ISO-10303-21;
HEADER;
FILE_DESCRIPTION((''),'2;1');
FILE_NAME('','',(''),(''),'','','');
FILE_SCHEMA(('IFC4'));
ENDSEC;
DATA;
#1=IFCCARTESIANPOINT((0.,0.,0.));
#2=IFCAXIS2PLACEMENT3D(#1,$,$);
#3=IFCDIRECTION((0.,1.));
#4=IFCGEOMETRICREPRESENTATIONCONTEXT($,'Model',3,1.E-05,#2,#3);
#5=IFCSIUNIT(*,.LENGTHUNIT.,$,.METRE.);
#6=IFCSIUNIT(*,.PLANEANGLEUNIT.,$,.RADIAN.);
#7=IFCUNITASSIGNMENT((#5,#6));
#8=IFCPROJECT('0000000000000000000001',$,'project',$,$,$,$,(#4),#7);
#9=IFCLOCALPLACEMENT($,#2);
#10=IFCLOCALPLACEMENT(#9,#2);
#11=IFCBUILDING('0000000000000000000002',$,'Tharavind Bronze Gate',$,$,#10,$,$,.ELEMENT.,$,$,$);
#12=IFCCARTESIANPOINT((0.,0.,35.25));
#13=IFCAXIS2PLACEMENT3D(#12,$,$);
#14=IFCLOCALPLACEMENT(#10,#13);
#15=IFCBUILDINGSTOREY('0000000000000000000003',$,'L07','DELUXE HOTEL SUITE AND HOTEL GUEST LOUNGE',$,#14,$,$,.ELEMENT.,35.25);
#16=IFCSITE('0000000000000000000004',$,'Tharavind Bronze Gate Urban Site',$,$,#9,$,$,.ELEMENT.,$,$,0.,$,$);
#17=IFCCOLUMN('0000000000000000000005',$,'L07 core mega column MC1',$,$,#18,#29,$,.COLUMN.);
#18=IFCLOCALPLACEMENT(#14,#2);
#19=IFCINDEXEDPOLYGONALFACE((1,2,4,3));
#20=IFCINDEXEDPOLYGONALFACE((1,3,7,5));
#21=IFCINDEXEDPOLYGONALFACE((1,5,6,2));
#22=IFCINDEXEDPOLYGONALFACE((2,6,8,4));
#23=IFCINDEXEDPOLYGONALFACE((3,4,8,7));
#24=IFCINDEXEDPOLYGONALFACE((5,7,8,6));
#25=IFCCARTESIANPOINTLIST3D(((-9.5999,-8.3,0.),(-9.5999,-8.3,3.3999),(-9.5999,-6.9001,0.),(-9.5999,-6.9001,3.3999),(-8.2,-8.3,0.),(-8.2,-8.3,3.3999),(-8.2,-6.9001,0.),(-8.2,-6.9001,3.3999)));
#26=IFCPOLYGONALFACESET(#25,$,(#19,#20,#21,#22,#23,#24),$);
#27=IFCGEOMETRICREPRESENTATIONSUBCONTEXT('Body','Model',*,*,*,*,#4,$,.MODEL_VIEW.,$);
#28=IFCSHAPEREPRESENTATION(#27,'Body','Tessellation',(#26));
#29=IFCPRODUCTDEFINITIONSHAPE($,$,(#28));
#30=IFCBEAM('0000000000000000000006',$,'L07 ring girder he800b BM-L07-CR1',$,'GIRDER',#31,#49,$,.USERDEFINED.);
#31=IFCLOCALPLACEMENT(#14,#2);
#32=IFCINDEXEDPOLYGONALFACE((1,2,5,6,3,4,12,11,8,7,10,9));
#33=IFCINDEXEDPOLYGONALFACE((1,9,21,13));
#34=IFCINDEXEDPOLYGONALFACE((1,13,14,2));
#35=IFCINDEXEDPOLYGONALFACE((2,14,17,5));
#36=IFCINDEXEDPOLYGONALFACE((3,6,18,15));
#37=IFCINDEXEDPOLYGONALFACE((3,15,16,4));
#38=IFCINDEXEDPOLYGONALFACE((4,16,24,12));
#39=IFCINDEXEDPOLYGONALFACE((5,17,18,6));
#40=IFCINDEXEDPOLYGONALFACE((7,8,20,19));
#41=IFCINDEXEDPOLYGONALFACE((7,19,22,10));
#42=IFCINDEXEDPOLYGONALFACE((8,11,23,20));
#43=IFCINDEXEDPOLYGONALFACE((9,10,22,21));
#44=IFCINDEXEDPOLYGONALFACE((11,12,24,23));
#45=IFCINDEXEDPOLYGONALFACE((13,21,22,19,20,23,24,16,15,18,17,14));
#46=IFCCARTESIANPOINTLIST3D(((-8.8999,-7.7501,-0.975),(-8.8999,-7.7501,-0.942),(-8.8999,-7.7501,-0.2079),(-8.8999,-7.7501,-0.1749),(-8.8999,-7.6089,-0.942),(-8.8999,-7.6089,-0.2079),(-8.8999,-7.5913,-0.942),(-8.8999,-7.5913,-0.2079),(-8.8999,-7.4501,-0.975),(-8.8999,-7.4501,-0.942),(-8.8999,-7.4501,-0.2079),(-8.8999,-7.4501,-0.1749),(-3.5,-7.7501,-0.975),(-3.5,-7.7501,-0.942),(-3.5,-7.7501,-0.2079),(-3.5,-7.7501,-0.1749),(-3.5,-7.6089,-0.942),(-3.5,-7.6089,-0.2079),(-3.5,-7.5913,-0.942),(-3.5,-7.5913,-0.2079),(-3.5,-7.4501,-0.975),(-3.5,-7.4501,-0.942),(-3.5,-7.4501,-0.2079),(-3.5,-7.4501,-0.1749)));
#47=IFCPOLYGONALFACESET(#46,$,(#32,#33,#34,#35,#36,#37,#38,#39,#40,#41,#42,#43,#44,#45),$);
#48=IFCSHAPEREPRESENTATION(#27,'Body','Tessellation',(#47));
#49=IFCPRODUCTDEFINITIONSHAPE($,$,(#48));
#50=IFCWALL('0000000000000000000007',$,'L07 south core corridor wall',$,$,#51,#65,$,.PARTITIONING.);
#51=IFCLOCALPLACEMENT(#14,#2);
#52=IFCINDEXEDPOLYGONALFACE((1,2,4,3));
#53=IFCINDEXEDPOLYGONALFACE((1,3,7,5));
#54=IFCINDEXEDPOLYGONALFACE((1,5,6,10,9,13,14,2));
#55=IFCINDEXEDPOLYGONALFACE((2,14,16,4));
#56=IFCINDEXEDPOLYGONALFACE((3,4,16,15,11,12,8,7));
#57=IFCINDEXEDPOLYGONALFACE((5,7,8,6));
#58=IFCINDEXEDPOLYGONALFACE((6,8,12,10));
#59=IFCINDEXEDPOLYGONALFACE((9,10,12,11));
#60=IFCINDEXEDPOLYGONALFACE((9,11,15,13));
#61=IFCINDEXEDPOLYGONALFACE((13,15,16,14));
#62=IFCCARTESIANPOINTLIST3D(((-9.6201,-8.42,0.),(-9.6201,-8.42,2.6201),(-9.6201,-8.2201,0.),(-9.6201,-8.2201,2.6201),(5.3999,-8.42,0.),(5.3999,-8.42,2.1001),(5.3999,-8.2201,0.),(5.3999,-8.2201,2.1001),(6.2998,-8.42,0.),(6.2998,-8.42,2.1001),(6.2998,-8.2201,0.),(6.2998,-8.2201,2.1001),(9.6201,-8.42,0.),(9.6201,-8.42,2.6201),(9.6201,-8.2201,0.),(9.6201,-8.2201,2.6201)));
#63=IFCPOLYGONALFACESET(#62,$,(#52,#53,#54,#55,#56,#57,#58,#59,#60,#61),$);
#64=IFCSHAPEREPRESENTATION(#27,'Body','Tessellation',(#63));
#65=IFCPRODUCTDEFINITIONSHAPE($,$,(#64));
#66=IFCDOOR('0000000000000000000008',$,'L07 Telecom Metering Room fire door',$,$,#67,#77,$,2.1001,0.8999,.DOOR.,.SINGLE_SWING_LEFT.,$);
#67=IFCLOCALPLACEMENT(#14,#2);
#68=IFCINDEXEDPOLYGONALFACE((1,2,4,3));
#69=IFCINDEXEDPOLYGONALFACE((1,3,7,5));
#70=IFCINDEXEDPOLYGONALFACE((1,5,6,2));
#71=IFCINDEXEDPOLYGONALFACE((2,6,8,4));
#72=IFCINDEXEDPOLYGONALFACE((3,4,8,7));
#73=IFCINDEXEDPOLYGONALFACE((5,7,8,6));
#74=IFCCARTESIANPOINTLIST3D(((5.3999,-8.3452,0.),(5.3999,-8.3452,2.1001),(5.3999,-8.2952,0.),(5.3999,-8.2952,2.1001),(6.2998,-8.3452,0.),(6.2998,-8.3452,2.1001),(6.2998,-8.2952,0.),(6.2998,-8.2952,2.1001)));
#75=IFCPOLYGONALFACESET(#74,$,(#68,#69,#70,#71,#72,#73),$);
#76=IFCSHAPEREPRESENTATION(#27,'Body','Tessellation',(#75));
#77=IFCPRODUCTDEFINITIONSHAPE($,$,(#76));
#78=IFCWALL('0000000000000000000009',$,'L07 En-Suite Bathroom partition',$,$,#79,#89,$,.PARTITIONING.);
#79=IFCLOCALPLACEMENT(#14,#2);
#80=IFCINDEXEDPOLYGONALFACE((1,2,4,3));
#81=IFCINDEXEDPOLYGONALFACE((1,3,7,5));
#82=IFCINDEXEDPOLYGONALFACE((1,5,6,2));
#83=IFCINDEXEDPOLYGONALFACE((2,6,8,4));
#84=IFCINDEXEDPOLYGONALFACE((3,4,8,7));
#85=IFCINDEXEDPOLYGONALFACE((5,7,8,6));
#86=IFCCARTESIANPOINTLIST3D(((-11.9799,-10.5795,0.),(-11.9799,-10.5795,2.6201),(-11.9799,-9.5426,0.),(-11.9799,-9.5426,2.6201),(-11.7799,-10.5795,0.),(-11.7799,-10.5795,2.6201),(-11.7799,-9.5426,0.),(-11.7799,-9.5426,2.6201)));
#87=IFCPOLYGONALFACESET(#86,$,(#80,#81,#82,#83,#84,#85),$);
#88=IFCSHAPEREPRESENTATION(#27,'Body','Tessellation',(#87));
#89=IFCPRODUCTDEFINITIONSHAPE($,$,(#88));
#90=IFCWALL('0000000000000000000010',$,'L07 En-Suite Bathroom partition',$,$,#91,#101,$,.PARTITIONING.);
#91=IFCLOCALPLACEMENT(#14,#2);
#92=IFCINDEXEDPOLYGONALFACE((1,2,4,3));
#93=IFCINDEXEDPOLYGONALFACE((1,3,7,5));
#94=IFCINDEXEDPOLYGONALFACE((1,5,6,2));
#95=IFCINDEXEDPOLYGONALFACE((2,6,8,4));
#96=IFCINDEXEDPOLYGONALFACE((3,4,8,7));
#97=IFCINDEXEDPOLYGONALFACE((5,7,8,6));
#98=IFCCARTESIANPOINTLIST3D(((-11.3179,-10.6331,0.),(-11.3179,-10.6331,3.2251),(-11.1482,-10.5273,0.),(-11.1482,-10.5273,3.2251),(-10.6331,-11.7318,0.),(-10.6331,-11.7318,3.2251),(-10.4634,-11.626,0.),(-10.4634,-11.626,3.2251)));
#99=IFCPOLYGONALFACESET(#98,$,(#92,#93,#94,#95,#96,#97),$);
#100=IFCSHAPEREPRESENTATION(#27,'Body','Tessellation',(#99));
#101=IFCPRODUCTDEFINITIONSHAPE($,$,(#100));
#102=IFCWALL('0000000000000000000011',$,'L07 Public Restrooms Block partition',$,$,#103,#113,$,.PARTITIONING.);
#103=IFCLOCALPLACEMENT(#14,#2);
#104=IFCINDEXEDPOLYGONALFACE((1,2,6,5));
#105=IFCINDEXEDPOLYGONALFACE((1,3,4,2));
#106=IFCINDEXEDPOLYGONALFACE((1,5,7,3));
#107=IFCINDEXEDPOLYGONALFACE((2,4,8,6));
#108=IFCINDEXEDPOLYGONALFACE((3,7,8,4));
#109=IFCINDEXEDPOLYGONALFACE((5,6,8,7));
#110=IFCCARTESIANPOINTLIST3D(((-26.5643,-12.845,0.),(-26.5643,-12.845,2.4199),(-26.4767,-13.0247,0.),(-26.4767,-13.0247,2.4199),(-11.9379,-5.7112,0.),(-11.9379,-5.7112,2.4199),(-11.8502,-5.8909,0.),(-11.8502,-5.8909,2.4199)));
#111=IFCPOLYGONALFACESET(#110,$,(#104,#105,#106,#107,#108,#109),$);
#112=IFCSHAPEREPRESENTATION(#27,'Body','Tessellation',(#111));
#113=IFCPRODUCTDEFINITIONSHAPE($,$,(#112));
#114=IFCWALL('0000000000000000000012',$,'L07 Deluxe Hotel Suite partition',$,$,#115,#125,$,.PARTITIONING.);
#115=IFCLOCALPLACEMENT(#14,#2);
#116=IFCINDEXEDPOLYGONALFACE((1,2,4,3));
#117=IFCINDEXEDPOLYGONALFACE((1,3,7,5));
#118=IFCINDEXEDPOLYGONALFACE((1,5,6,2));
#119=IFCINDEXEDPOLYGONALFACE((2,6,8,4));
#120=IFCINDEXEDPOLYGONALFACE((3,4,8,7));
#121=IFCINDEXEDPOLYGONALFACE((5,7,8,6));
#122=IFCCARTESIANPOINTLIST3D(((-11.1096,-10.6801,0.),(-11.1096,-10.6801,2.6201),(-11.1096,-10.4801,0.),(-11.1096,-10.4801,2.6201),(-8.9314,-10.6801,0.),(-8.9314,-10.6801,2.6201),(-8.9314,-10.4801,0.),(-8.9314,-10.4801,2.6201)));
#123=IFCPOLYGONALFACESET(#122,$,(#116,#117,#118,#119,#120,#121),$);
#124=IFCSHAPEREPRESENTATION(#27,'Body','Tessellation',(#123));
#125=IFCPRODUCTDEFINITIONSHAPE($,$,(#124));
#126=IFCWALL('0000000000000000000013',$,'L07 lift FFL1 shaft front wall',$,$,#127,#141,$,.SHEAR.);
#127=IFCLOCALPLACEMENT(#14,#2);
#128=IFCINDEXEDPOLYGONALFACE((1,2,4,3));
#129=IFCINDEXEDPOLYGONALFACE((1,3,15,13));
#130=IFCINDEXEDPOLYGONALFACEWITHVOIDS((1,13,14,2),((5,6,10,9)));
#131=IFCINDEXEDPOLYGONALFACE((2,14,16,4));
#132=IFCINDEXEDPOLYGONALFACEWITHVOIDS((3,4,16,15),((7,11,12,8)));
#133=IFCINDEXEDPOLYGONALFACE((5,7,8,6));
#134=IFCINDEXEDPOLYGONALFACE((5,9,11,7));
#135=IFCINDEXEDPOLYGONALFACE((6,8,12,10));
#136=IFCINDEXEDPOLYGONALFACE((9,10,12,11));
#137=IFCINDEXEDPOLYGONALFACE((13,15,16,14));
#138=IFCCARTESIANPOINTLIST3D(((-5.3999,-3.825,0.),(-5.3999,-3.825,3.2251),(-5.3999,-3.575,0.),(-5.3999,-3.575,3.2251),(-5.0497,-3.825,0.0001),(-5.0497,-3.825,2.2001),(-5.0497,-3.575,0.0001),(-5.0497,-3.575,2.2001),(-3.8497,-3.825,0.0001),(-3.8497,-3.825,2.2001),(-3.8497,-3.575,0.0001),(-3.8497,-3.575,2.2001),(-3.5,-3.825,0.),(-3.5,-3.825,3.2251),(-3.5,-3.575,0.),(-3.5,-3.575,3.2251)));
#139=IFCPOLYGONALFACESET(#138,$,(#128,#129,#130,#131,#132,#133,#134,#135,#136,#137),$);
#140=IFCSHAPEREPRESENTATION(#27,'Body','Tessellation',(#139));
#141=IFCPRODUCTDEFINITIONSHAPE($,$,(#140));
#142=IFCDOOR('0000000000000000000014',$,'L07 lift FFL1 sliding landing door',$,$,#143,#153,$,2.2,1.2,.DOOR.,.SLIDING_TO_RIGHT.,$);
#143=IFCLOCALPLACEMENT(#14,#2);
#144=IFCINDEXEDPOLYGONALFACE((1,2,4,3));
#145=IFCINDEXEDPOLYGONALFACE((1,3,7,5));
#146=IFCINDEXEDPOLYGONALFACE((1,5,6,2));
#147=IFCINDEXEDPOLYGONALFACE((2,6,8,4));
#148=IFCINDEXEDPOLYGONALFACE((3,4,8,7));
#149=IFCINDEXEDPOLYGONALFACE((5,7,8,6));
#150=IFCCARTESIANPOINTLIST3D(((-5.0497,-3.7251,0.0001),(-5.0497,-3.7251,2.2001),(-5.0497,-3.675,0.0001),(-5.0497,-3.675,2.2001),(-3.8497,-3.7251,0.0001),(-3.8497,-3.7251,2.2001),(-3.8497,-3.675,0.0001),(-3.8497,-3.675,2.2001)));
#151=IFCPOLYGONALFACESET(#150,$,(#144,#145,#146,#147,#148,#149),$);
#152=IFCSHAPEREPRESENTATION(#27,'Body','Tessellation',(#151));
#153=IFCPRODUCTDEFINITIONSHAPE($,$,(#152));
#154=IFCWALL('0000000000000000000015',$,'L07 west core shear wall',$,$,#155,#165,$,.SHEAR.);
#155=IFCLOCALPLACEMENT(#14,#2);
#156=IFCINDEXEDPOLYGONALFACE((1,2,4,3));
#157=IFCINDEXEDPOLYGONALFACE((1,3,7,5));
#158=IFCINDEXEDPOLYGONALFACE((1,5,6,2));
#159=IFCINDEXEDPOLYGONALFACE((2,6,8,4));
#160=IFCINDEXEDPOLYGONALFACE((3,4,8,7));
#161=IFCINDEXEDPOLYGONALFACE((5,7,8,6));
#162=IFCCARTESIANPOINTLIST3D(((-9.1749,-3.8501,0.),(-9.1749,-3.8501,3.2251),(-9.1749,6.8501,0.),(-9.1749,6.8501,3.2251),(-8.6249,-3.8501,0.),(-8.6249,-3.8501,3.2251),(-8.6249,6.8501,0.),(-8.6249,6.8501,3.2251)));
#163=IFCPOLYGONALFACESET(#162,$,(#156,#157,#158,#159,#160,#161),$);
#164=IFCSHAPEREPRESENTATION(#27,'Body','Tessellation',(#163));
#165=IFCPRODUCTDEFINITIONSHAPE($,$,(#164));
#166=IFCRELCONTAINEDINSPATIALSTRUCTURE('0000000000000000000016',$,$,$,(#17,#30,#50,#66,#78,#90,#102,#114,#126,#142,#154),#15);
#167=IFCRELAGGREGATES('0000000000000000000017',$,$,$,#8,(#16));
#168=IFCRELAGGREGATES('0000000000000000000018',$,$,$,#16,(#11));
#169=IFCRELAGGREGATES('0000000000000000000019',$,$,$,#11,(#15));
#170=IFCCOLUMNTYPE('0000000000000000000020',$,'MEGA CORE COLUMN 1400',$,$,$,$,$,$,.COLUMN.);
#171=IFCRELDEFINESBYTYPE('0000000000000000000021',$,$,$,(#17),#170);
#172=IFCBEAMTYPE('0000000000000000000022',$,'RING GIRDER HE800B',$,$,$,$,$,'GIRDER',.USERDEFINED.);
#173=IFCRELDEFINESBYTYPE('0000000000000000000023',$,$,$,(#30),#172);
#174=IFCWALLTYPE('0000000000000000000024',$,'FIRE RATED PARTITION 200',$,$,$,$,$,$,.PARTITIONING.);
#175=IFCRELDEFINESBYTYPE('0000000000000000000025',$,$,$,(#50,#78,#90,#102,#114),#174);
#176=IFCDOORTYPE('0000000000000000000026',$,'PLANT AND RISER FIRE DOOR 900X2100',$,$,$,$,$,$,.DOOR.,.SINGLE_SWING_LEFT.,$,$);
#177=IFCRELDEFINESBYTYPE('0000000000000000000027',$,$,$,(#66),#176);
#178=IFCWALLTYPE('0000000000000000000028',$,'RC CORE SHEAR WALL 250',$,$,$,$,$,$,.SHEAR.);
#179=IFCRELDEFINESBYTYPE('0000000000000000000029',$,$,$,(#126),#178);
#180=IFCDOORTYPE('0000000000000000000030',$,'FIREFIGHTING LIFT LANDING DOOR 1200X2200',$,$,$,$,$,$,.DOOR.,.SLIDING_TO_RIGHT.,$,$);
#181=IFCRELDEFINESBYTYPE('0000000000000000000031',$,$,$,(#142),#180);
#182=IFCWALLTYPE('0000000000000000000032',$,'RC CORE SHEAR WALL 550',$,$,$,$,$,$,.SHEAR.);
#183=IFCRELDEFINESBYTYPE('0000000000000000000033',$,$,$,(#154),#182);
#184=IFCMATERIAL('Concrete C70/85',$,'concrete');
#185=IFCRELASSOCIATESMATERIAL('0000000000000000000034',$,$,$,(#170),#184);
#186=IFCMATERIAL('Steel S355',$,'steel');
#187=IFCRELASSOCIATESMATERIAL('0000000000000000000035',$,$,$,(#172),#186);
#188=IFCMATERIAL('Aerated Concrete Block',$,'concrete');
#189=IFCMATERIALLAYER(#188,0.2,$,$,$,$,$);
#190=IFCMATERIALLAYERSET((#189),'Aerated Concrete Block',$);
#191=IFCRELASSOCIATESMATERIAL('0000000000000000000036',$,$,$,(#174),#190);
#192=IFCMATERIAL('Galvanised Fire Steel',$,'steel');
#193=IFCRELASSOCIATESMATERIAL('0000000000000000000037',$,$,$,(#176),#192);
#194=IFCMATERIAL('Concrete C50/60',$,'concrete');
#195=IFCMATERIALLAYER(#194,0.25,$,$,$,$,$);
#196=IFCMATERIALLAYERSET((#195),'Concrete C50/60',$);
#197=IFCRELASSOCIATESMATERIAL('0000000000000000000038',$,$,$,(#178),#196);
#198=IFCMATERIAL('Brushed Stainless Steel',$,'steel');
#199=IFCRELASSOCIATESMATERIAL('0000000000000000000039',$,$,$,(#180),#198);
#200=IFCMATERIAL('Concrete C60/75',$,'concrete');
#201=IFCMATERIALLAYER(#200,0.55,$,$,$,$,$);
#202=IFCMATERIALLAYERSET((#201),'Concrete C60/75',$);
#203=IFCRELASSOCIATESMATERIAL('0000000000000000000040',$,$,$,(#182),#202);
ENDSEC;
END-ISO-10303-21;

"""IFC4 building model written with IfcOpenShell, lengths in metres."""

from ifc_helpers import new_model, si_unit, direction, frame, frame_2d, origin, origin_2d, place, context, subcontext, project, spatial, rectangle, i_section, extrude, material, layer, layer_set, material_profile, profile_set, type_object, element, fill, save


model = new_model("IFC4")

# Units and contexts
model_context = context("Model", 3, precision=1e-05, world=origin(), true_north=direction((0.0, 1.0)))
body_context = subcontext(model_context, "Body", "Model", "MODEL_VIEW")
ifc_project = project(units=[si_unit("LENGTHUNIT", "METRE"), si_unit("PLANEANGLEUNIT", "RADIAN")], contexts=[model_context])

# Site, building, storey
site_placement = place(None, origin())
site = spatial("IfcSite", under=ifc_project, at=site_placement, Name="Tharavind Bronze Gate Urban Site", CompositionType="ELEMENT", RefElevation=0.0)
building_placement = place(site_placement, origin())
building = spatial("IfcBuilding", under=site, at=building_placement, Name="Tharavind Bronze Gate", CompositionType="ELEMENT")
storey_placement = place(building_placement, frame((0.0, 0.0, 35.25)))
storey = spatial("IfcBuildingStorey", under=building, at=storey_placement, Name="L07", Description="DELUXE HOTEL SUITE AND HOTEL GUEST LOUNGE", CompositionType="ELEMENT", Elevation=35.25)

# Column
ifc_material_1 = material(Name="Concrete C70/85", Category="concrete")
ifc_material_profile_1 = material_profile(ifc_material_1, rectangle(XDim=1.3999, YDim=1.3999, at=origin_2d()), Name="RCCOL1400")
ifc_profile_set_1 = profile_set([ifc_material_profile_1], Name="Concrete C70/85")
column_type = type_object("IfcColumnType", Name="MEGA CORE COLUMN 1400", PredefinedType="COLUMN", material=ifc_profile_set_1)
column_placement = place(storey_placement, frame((-8.8999, -7.6001, 0.0), z_axis=(0.0, 0.0, 1.0), x_axis=(1.0, 0.0, 0.0)))
element("IfcColumn", 1, at=column_placement, inside=storey, type_object=column_type, Name="L07 core mega column MC1", PredefinedType="COLUMN", context=body_context, shape_type="SweptSolid", body=[
    extrude(rectangle(XDim=1.3999, YDim=1.3999, at=origin_2d()), origin(), (0.0, 0.0, 1.0), 3.3999),
])

# Beam
ifc_material_2 = material(Name="Steel S355", Category="steel")
ifc_material_profile_2 = material_profile(ifc_material_2, i_section(OverallWidth=0.3, OverallDepth=0.8, WebThickness=0.0176, FlangeThickness=0.033, at=origin_2d()), Name="HE800B")
ifc_profile_set_2 = profile_set([ifc_material_profile_2], Name="Steel S355")
beam_type = type_object("IfcBeamType", Name="RING GIRDER HE800B", ElementType="GIRDER", PredefinedType="USERDEFINED", material=ifc_profile_set_2)
beam_placement = place(storey_placement, frame((-8.8999, -7.6001, -0.575), z_axis=(1.0, 0.0, 0.0), x_axis=(0.0, 1.0, 0.0)))
element("IfcBeam", 2, at=beam_placement, inside=storey, type_object=beam_type, Name="L07 ring girder he800b BM-L07-CR1", ObjectType="GIRDER", PredefinedType="USERDEFINED", context=body_context, shape_type="SweptSolid", body=[
    extrude(i_section(OverallWidth=0.3, OverallDepth=0.8, WebThickness=0.0176, FlangeThickness=0.033, at=origin_2d()), origin(), (0.0, 0.0, 1.0), 5.3999),
])

# Wall, opening, door
ifc_material_3 = material(Name="Aerated Concrete Block", Category="concrete")
ifc_layer_1 = layer(ifc_material_3, 0.2)
ifc_layer_set_1 = layer_set([ifc_layer_1], Name="Aerated Concrete Block")
wall_type_1 = type_object("IfcWallType", Name="FIRE RATED PARTITION 200", PredefinedType="PARTITIONING", material=ifc_layer_set_1)
wall_1_placement = place(storey_placement, frame((-9.6201, -8.3201, 0.0), z_axis=(0.0, 0.0, 1.0), x_axis=(1.0, 0.0, 0.0)))
wall_1 = element("IfcWall", 3, at=wall_1_placement, inside=storey, type_object=wall_type_1, Name="L07 south core corridor wall", PredefinedType="PARTITIONING", context=body_context, shape_type="SweptSolid", body=[
    extrude(rectangle(XDim=19.2402, YDim=0.2, at=frame_2d((9.6201, 0.0))), origin(), (0.0, 0.0, 1.0), 2.6201),
])
opening_1_placement = place(wall_1_placement, frame((15.02, 0.0, 0.0)))
opening_1 = element("IfcOpeningElement", 4, at=opening_1_placement, cuts=wall_1, PredefinedType="OPENING", context=body_context, shape_type="SweptSolid", body=[
    extrude(rectangle(XDim=0.8999, YDim=2.1001, at=frame_2d((0.45, 1.05))), frame((0.0, 0.1101, 0.0), z_axis=(0.0, -1.0, 0.0), x_axis=(1.0, 0.0, 0.0)), (0.0, 0.0, 1.0), 0.22),
])
ifc_material_4 = material(Name="Galvanised Fire Steel", Category="steel")
door_type_1 = type_object("IfcDoorType", Name="PLANT AND RISER FIRE DOOR 900X2100", OperationType="SINGLE_SWING_LEFT", PredefinedType="DOOR", material=ifc_material_4)
door_1_placement = place(opening_1_placement, origin())
door_1 = element("IfcDoor", 5, at=door_1_placement, inside=storey, type_object=door_type_1, Name="L07 Telecom Metering Room fire door", OperationType="SINGLE_SWING_LEFT", OverallHeight=2.1001, OverallWidth=0.8999, PredefinedType="DOOR", context=body_context, shape_type="SweptSolid", body=[
    extrude(rectangle(XDim=0.8999, YDim=2.1001, at=frame_2d((0.45, 1.05))), frame((0.0, 0.0249, 0.0), z_axis=(0.0, -1.0, 0.0), x_axis=(1.0, 0.0, 0.0)), (0.0, 0.0, 1.0), 0.05),
])
fill(opening_1, door_1)

# Walls
wall_2_placement = place(storey_placement, frame((-11.8799, -9.5425, 0.0), z_axis=(0.0, 0.0, 1.0), x_axis=(0.0, -1.0, 0.0)))
element("IfcWall", 6, at=wall_2_placement, inside=storey, type_object=wall_type_1, Name="L07 En-Suite Bathroom partition", PredefinedType="PARTITIONING", context=body_context, shape_type="SweptSolid", body=[
    extrude(rectangle(XDim=1.0369, YDim=0.2, at=frame_2d((0.5186, 0.0))), origin(), (0.0, 0.0, 1.0), 2.6201),
])
wall_3_placement = place(storey_placement, frame((-11.2332, -10.5801, 0.0), z_axis=(0.0, 0.0, 1.0), x_axis=(0.528981, -0.848633, 0.0)))
element("IfcWall", 7, at=wall_3_placement, inside=storey, type_object=wall_type_1, Name="L07 En-Suite Bathroom partition", PredefinedType="PARTITIONING", context=body_context, shape_type="SweptSolid", body=[
    extrude(rectangle(XDim=1.2947, YDim=0.2, at=frame_2d((0.6475, 0.0))), origin(), (0.0, 0.0, 1.0), 3.2251),
])
wall_4_placement = place(storey_placement, frame((-11.894, -5.801, 0.0), z_axis=(0.0, 0.0, 1.0), x_axis=(-0.898794, -0.43837, 0.0)))
element("IfcWall", 8, at=wall_4_placement, inside=storey, type_object=wall_type_1, Name="L07 Public Restrooms Block partition", PredefinedType="PARTITIONING", context=body_context, shape_type="SweptSolid", body=[
    extrude(rectangle(XDim=16.2734, YDim=0.2, at=frame_2d((8.1367, 0.0))), origin(), (0.0, 0.0, 1.0), 2.4199),
])

# Wall
wall_5_placement = place(storey_placement, frame((-11.1096, -10.5801, 0.0), z_axis=(0.0, 0.0, 1.0), x_axis=(1.0, 0.0, 0.0)))
element("IfcWall", 9, at=wall_5_placement, inside=storey, type_object=wall_type_1, Name="L07 Deluxe Hotel Suite partition", PredefinedType="PARTITIONING", context=body_context, shape_type="SweptSolid", body=[
    extrude(rectangle(XDim=2.1782, YDim=0.2, at=frame_2d((1.0891, 0.0))), origin(), (0.0, 0.0, 1.0), 2.6201),
])

# Wall, opening, door
ifc_material_5 = material(Name="Concrete C50/60", Category="concrete")
ifc_layer_2 = layer(ifc_material_5, 0.25)
ifc_layer_set_2 = layer_set([ifc_layer_2], Name="Concrete C50/60")
wall_type_2 = type_object("IfcWallType", Name="RC CORE SHEAR WALL 250", PredefinedType="SHEAR", material=ifc_layer_set_2)
wall_6_placement = place(storey_placement, frame((-5.3999, -3.7, 0.0), z_axis=(0.0, 0.0, 1.0), x_axis=(1.0, 0.0, 0.0)))
wall_6 = element("IfcWall", 10, at=wall_6_placement, inside=storey, type_object=wall_type_2, Name="L07 lift FFL1 shaft front wall", PredefinedType="SHEAR", context=body_context, shape_type="SweptSolid", body=[
    extrude(rectangle(XDim=1.8999, YDim=0.25, at=frame_2d((0.95, 0.0))), origin(), (0.0, 0.0, 1.0), 3.2251),
])
opening_2_placement = place(wall_6_placement, frame((0.3501, 0.0, 0.0)))
opening_2 = element("IfcOpeningElement", 11, at=opening_2_placement, cuts=wall_6, PredefinedType="OPENING", context=body_context, shape_type="SweptSolid", body=[
    extrude(rectangle(XDim=1.2, YDim=2.2, at=frame_2d((0.6001, 1.1001))), frame((0.0, 0.135, 0.0), z_axis=(0.0, -1.0, 0.0), x_axis=(1.0, 0.0, 0.0)), (0.0, 0.0, 1.0), 0.27),
])
ifc_material_6 = material(Name="Brushed Stainless Steel", Category="steel")
door_type_2 = type_object("IfcDoorType", Name="FIREFIGHTING LIFT LANDING DOOR 1200X2200", OperationType="SLIDING_TO_RIGHT", PredefinedType="DOOR", material=ifc_material_6)
door_2_placement = place(opening_2_placement, origin())
door_2 = element("IfcDoor", 12, at=door_2_placement, inside=storey, type_object=door_type_2, Name="L07 lift FFL1 sliding landing door", OperationType="SLIDING_TO_RIGHT", OverallHeight=2.2, OverallWidth=1.2, PredefinedType="DOOR", context=body_context, shape_type="SweptSolid", body=[
    extrude(rectangle(XDim=1.2, YDim=2.2, at=frame_2d((0.6001, 1.1001))), frame((0.0, 0.0249, 0.0), z_axis=(0.0, -1.0, 0.0), x_axis=(1.0, 0.0, 0.0)), (0.0, 0.0, 1.0), 0.05),
])
fill(opening_2, door_2)

# Wall
ifc_material_7 = material(Name="Concrete C60/75", Category="concrete")
ifc_layer_3 = layer(ifc_material_7, 0.55)
ifc_layer_set_3 = layer_set([ifc_layer_3], Name="Concrete C60/75")
wall_type_3 = type_object("IfcWallType", Name="RC CORE SHEAR WALL 550", PredefinedType="SHEAR", material=ifc_layer_set_3)
wall_7_placement = place(storey_placement, frame((-8.8999, -3.8501, 0.0), z_axis=(0.0, 0.0, 1.0), x_axis=(0.0, 1.0, 0.0)))
element("IfcWall", 13, at=wall_7_placement, inside=storey, type_object=wall_type_3, Name="L07 west core shear wall", PredefinedType="SHEAR", context=body_context, shape_type="SweptSolid", body=[
    extrude(rectangle(XDim=10.7002, YDim=0.55, at=frame_2d((5.3501, 0.0))), origin(), (0.0, 0.0, 1.0), 3.2251),
])

save(model, "model.ifc")
